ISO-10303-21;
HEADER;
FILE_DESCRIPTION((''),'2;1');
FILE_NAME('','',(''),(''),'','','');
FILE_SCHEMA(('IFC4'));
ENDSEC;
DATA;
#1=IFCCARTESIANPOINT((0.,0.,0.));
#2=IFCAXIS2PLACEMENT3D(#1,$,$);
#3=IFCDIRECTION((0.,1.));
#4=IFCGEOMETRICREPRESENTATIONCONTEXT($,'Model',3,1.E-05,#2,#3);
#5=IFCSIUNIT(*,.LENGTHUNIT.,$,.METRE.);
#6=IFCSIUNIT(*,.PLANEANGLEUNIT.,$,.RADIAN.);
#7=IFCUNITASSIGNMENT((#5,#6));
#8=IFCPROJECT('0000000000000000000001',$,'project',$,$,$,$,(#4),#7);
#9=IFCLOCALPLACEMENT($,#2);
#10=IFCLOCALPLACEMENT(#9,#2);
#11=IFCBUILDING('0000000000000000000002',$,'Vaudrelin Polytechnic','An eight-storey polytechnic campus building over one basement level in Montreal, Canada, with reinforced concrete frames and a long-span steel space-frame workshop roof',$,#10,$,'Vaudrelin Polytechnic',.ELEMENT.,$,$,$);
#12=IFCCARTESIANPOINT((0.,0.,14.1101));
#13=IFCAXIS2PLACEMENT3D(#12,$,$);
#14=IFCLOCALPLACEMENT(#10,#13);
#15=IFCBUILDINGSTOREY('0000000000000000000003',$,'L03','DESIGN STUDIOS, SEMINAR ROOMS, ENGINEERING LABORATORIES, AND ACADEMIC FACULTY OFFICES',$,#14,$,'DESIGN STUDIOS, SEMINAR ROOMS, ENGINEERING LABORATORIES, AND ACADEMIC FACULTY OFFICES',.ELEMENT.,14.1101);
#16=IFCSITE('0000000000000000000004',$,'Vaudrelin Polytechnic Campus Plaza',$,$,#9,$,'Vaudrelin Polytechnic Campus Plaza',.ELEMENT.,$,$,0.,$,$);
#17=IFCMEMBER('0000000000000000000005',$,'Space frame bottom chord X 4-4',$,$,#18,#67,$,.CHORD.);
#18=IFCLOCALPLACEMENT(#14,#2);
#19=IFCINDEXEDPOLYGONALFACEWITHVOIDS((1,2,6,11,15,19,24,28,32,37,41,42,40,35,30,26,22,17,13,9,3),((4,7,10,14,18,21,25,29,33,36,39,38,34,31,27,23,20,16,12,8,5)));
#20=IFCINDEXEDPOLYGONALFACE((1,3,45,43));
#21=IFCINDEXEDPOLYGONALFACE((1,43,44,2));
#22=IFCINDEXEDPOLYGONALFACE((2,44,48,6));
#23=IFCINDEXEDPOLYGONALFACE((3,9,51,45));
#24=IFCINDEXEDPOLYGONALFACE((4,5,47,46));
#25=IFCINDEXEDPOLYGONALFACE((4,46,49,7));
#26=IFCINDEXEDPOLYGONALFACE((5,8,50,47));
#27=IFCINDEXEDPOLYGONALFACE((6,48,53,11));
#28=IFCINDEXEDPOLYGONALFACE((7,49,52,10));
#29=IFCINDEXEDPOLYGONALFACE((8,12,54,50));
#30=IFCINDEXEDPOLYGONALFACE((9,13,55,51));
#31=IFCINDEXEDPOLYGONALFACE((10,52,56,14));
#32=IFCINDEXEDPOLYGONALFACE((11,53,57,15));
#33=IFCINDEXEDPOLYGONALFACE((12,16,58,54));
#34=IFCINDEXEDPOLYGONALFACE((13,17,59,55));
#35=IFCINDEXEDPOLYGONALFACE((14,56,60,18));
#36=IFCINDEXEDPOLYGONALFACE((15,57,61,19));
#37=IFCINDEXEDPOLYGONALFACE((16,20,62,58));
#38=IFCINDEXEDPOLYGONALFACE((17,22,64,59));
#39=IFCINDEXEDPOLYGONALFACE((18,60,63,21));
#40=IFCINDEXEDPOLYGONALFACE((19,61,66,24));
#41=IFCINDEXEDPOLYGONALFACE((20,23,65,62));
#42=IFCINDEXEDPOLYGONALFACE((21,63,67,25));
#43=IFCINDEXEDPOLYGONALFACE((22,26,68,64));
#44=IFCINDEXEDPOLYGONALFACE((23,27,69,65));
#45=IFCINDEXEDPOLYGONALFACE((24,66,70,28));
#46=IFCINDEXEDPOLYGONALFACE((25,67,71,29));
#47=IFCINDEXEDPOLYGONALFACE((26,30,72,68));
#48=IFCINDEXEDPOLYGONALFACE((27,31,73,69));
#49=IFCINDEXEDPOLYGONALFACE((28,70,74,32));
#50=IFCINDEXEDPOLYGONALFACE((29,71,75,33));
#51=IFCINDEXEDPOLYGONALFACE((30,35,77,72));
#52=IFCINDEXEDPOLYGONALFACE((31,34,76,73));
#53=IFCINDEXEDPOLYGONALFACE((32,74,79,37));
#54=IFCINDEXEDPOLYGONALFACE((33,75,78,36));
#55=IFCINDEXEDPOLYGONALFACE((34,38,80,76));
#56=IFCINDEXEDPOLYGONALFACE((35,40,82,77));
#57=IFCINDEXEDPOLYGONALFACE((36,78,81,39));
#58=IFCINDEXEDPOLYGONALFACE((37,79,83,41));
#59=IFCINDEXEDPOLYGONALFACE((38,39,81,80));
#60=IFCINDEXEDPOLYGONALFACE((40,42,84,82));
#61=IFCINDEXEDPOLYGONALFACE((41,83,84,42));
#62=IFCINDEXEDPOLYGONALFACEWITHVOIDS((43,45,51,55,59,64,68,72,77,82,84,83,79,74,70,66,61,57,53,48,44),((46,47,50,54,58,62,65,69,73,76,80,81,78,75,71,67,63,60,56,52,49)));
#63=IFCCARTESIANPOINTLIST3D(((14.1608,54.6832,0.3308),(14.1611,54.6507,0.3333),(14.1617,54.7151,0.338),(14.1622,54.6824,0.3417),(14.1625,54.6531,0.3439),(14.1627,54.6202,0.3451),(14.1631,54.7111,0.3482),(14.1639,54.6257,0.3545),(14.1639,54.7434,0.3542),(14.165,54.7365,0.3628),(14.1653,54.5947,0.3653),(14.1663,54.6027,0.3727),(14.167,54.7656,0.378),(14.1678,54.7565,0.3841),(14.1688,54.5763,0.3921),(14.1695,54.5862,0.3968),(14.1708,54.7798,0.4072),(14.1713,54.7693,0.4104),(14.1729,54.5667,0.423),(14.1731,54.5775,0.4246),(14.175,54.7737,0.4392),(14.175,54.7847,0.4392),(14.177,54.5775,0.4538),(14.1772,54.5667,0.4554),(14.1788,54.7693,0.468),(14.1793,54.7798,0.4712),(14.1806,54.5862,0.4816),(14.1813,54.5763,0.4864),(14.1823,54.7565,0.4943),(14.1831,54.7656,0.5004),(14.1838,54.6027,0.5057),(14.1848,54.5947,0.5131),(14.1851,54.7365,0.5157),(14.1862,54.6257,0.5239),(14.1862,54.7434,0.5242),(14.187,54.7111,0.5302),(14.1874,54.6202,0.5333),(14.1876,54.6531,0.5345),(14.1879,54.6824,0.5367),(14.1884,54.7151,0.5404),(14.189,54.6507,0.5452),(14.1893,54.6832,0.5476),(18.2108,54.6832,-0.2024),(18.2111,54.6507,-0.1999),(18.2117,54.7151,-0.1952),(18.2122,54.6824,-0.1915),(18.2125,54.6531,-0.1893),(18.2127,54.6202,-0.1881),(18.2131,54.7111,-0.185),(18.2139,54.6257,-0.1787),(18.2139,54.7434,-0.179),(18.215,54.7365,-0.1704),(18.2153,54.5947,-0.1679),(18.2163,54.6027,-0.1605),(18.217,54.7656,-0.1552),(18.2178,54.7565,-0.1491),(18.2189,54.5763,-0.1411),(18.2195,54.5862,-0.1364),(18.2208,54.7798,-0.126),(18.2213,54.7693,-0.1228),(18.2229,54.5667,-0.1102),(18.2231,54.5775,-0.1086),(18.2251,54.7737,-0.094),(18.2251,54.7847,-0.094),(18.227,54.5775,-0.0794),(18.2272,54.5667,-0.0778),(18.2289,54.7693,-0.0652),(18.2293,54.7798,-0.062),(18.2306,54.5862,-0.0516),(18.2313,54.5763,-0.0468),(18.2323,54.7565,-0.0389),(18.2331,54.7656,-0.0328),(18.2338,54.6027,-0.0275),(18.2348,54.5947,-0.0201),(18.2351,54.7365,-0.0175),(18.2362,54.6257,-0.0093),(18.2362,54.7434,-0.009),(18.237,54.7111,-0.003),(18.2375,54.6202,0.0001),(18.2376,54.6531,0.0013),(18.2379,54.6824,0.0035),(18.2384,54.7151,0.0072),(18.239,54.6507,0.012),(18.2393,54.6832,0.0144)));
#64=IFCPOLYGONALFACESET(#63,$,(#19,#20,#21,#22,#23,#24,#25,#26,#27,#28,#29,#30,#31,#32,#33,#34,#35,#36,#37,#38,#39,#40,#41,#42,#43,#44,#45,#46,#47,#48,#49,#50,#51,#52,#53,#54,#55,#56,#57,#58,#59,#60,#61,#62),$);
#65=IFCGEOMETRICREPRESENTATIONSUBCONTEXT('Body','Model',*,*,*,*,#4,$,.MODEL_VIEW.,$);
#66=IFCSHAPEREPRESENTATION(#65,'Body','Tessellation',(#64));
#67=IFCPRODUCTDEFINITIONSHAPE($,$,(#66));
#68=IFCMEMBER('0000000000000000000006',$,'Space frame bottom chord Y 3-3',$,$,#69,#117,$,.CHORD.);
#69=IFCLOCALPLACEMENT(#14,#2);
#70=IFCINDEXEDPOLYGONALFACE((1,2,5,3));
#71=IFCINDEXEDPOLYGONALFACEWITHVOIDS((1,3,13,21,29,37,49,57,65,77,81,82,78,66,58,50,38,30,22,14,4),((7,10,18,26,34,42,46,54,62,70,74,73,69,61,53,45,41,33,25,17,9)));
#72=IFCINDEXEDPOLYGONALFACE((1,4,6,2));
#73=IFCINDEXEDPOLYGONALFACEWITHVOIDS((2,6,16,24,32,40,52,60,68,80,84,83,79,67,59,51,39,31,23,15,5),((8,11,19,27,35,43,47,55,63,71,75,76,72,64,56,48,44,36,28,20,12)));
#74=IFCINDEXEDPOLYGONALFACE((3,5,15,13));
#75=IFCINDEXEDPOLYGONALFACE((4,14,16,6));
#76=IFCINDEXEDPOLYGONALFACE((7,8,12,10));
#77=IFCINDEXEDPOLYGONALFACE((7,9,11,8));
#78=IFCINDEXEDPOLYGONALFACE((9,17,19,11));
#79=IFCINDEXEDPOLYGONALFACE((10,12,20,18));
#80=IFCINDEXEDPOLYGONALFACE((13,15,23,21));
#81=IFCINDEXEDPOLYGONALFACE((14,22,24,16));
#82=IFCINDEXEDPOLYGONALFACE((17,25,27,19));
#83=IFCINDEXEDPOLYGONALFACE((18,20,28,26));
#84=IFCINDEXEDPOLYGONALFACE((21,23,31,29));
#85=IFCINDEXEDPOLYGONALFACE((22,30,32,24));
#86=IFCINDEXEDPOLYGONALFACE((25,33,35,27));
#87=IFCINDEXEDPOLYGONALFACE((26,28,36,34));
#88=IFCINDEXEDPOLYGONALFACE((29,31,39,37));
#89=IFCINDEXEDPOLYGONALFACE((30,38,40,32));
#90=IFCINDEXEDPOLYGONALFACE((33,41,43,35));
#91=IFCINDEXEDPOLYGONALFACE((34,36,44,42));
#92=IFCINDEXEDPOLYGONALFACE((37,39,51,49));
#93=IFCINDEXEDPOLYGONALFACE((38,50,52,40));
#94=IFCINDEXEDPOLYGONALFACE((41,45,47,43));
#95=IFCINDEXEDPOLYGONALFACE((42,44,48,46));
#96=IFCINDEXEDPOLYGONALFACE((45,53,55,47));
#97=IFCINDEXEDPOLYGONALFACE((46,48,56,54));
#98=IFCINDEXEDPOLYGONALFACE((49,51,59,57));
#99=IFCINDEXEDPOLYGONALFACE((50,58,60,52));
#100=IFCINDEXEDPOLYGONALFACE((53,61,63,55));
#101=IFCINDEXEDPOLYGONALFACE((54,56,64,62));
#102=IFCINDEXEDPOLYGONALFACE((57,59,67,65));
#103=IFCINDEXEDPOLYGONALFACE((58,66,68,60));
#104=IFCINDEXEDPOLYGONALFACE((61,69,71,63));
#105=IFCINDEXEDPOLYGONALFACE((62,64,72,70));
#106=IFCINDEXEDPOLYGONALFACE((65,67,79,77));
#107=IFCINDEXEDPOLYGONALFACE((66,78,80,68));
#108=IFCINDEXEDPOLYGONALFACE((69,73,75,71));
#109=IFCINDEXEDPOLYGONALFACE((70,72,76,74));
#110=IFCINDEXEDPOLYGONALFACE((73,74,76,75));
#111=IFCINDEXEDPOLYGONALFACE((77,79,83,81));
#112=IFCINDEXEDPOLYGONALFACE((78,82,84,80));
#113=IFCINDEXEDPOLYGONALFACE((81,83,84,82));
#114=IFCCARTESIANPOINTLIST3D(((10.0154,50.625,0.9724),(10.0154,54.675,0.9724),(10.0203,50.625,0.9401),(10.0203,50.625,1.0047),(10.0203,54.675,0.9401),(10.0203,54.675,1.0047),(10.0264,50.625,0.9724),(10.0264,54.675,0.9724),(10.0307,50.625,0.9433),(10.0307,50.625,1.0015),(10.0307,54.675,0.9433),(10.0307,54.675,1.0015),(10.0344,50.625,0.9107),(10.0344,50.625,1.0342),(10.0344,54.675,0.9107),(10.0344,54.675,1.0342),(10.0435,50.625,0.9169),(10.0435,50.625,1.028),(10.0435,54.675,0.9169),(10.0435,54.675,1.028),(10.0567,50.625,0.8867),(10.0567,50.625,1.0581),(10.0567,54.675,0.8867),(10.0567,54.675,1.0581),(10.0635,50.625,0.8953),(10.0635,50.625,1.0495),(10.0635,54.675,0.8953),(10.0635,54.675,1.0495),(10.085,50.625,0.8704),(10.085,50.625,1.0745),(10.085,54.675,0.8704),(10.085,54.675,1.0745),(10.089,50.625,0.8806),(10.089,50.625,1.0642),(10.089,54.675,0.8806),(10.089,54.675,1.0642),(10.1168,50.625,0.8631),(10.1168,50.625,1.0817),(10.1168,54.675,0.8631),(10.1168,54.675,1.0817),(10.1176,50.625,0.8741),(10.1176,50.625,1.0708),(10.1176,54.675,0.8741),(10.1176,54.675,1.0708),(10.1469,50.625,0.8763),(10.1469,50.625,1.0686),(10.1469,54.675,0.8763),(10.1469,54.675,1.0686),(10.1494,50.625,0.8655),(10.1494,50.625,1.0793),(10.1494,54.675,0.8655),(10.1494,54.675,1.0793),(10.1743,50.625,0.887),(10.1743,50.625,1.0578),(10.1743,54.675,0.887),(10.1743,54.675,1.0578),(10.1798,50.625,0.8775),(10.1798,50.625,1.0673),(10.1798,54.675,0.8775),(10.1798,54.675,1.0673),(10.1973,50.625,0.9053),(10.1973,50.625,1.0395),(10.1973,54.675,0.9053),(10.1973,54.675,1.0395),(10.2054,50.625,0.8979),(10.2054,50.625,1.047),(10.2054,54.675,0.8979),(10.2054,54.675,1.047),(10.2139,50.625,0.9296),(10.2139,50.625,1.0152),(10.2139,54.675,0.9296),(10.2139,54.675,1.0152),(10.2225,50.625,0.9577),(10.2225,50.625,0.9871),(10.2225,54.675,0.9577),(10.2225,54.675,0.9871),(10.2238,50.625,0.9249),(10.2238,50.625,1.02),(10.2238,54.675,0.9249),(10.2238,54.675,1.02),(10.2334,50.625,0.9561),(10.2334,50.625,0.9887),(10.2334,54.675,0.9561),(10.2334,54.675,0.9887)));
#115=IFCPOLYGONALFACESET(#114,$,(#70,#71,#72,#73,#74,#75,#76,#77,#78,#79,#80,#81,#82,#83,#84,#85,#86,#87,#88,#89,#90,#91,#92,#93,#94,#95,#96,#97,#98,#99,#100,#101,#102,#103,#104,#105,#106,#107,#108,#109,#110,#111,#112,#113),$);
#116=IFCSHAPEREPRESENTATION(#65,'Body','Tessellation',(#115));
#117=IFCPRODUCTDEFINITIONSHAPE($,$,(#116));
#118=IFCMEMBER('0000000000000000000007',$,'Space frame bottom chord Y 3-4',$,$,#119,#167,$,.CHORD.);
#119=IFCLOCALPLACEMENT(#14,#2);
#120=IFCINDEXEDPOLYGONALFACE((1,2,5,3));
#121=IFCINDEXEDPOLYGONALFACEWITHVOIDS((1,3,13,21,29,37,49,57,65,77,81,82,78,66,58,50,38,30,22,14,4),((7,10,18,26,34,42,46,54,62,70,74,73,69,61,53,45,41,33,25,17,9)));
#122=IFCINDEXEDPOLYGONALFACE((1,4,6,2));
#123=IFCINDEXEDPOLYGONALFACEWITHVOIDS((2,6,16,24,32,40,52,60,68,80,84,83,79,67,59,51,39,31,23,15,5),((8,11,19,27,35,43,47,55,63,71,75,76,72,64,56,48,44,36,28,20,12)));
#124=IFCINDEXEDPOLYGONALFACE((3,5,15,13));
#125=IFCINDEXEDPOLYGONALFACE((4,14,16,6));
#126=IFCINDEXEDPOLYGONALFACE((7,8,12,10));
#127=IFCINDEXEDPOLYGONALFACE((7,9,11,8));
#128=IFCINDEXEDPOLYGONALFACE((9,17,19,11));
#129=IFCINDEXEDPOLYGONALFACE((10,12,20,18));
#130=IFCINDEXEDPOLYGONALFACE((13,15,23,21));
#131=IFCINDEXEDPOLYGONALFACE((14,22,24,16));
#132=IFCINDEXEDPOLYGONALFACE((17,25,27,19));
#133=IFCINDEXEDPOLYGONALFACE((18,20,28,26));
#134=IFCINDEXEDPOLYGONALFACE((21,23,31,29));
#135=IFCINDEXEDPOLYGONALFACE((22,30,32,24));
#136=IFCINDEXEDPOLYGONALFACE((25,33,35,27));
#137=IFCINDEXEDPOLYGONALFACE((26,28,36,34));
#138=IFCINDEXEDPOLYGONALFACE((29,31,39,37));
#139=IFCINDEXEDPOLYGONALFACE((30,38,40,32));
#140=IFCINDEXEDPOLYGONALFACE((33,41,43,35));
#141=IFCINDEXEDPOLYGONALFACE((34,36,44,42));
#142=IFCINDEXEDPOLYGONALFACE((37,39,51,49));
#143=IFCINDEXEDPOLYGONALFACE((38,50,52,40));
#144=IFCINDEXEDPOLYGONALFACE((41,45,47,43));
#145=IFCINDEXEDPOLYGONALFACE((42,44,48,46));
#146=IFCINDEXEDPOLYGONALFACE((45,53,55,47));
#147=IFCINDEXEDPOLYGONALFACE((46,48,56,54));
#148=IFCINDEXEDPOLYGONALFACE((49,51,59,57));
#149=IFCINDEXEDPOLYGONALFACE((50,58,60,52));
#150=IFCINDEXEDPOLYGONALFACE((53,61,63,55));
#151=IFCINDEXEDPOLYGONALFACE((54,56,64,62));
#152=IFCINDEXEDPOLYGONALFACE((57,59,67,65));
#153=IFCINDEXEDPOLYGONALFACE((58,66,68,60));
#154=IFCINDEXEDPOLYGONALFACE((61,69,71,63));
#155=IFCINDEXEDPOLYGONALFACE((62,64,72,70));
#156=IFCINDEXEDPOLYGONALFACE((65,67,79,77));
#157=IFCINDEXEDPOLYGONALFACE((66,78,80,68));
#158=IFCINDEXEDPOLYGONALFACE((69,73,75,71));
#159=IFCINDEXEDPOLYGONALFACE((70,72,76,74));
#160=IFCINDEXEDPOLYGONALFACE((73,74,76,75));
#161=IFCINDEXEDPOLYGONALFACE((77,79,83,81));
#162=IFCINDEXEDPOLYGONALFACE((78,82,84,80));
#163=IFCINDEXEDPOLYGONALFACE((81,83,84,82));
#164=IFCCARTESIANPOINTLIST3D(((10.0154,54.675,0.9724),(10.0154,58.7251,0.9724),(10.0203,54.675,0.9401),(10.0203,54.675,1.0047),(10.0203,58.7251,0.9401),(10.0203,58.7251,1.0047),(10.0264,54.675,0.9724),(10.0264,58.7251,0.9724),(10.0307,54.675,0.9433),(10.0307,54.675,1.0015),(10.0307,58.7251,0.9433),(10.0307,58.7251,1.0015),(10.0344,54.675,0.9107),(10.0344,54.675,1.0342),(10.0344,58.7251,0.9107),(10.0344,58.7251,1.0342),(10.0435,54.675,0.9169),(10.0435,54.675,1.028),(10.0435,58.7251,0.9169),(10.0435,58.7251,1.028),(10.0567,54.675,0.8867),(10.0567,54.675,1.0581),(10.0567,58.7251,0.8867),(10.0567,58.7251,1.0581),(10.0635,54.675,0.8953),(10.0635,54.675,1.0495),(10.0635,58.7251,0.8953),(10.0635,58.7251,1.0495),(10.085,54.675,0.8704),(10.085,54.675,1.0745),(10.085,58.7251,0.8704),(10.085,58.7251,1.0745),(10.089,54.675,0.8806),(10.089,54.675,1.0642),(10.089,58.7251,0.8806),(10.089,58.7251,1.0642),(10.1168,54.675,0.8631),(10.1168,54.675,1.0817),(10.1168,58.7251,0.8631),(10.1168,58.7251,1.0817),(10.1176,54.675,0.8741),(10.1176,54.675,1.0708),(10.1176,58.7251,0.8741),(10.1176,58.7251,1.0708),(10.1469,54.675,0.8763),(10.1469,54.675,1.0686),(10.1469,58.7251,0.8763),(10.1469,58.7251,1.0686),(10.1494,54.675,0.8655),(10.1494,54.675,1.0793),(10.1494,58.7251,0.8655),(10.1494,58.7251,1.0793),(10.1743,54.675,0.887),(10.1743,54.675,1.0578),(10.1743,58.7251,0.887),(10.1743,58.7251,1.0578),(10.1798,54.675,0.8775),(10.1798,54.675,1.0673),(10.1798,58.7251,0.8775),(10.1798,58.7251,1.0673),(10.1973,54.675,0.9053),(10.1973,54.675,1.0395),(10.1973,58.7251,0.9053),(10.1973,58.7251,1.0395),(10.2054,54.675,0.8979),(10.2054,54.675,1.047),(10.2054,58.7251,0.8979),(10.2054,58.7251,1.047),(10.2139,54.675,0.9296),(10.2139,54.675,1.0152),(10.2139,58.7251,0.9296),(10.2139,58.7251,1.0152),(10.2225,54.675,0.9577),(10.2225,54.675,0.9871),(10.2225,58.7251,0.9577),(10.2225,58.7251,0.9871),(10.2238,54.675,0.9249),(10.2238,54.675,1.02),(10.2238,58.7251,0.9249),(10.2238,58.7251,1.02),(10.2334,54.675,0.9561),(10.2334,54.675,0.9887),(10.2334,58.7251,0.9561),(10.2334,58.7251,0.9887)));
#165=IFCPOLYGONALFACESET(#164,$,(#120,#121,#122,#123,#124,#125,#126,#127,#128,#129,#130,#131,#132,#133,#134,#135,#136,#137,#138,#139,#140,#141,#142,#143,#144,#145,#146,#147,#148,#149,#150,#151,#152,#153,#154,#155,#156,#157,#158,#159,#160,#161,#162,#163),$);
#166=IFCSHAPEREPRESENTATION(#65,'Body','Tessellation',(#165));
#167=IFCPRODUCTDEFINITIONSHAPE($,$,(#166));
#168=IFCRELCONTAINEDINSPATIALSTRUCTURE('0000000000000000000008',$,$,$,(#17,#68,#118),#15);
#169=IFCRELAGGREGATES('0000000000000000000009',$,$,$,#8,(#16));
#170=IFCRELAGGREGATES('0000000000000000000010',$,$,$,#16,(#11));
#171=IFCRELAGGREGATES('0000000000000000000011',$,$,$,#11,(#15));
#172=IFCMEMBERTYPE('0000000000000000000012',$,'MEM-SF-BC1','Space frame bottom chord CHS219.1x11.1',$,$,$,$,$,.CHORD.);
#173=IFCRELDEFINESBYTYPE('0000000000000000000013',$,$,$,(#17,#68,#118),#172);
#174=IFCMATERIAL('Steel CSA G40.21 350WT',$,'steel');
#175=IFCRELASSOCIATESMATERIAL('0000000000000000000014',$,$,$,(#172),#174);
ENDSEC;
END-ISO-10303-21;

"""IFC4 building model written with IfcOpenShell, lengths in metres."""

from ifc_helpers import new_model, si_unit, direction, frame, origin, origin_2d, place, context, subcontext, project, spatial, hollow_circle, extrude, material, material_profile, profile_set, type_object, element, save


model = new_model("IFC4")

# Units and contexts
model_context = context("Model", 3, precision=1e-05, world=origin(), true_north=direction((0.0, 1.0)))
body_context = subcontext(model_context, "Body", "Model", "MODEL_VIEW")
ifc_project = project(units=[si_unit("LENGTHUNIT", "METRE"), si_unit("PLANEANGLEUNIT", "RADIAN")], contexts=[model_context])

# Site, building, storey
site_placement = place(None, origin())
site = spatial("IfcSite", under=ifc_project, at=site_placement, Name="Vaudrelin Polytechnic Campus Plaza", LongName="Vaudrelin Polytechnic Campus Plaza", CompositionType="ELEMENT", RefElevation=0.0)
building_placement = place(site_placement, origin())
building = spatial("IfcBuilding", under=site, at=building_placement, Name="Vaudrelin Polytechnic", Description="An eight-storey polytechnic campus building over one basement level in Montreal, Canada, with reinforced concrete frames and a long-span steel space-frame workshop roof", LongName="Vaudrelin Polytechnic", CompositionType="ELEMENT")
storey_placement = place(building_placement, frame((0.0, 0.0, 14.1101)))
storey = spatial("IfcBuildingStorey", under=building, at=storey_placement, Name="L03", Description="DESIGN STUDIOS, SEMINAR ROOMS, ENGINEERING LABORATORIES, AND ACADEMIC FACULTY OFFICES", LongName="DESIGN STUDIOS, SEMINAR ROOMS, ENGINEERING LABORATORIES, AND ACADEMIC FACULTY OFFICES", CompositionType="ELEMENT", Elevation=14.1101)

# Members
ifc_material = material(Name="Steel CSA G40.21 350WT", Category="steel")
ifc_material_profile_1 = material_profile(ifc_material, hollow_circle(Radius=0.1096, WallThickness=0.011, at=origin_2d()), Name="CHS219.1x11.1")
ifc_profile_set_1 = profile_set([ifc_material_profile_1], Name="Steel CSA G40.21 350WT")
member_type_1 = type_object("IfcMemberType", Name="MEM-SF-BC1", Description="Space frame bottom chord CHS219.1x11.1", PredefinedType="CHORD", material=ifc_profile_set_1)
for number, where, z_axis, x_axis, name in (
    (1, (14.175, 54.675, 0.4392), (0.991445, 0.0, -0.130527), (0.0, 1.0, 0.0), "Space frame bottom chord X 4-4"),
):
    element("IfcMember", number, at=place(storey_placement, frame(where, z_axis=z_axis, x_axis=x_axis)), inside=storey, type_object=member_type_1, Name=name, PredefinedType="CHORD", context=body_context, shape_type="SweptSolid", body=[
        extrude(hollow_circle(Radius=0.1096, WallThickness=0.011, at=origin_2d()), origin(), (0.0, 0.0, 1.0), 4.085),
    ])
for number, where, z_axis, x_axis, name in (
    (2, (10.125, 50.625, 0.9724), (0.0, 1.0, 0.0), (-1.0, 0.0, 0.0), "Space frame bottom chord Y 3-3"),
    (3, (10.125, 54.675, 0.9724), (0.0, 1.0, 0.0), (-1.0, 0.0, 0.0), "Space frame bottom chord Y 3-4"),
):
    element("IfcMember", number, at=place(storey_placement, frame(where, z_axis=z_axis, x_axis=x_axis)), inside=storey, type_object=member_type_1, Name=name, PredefinedType="CHORD", context=body_context, shape_type="SweptSolid", body=[
        extrude(hollow_circle(Radius=0.1096, WallThickness=0.011, at=origin_2d()), origin(), (0.0, 0.0, 1.0), 4.05),
    ])

save(model, "model.ifc")
